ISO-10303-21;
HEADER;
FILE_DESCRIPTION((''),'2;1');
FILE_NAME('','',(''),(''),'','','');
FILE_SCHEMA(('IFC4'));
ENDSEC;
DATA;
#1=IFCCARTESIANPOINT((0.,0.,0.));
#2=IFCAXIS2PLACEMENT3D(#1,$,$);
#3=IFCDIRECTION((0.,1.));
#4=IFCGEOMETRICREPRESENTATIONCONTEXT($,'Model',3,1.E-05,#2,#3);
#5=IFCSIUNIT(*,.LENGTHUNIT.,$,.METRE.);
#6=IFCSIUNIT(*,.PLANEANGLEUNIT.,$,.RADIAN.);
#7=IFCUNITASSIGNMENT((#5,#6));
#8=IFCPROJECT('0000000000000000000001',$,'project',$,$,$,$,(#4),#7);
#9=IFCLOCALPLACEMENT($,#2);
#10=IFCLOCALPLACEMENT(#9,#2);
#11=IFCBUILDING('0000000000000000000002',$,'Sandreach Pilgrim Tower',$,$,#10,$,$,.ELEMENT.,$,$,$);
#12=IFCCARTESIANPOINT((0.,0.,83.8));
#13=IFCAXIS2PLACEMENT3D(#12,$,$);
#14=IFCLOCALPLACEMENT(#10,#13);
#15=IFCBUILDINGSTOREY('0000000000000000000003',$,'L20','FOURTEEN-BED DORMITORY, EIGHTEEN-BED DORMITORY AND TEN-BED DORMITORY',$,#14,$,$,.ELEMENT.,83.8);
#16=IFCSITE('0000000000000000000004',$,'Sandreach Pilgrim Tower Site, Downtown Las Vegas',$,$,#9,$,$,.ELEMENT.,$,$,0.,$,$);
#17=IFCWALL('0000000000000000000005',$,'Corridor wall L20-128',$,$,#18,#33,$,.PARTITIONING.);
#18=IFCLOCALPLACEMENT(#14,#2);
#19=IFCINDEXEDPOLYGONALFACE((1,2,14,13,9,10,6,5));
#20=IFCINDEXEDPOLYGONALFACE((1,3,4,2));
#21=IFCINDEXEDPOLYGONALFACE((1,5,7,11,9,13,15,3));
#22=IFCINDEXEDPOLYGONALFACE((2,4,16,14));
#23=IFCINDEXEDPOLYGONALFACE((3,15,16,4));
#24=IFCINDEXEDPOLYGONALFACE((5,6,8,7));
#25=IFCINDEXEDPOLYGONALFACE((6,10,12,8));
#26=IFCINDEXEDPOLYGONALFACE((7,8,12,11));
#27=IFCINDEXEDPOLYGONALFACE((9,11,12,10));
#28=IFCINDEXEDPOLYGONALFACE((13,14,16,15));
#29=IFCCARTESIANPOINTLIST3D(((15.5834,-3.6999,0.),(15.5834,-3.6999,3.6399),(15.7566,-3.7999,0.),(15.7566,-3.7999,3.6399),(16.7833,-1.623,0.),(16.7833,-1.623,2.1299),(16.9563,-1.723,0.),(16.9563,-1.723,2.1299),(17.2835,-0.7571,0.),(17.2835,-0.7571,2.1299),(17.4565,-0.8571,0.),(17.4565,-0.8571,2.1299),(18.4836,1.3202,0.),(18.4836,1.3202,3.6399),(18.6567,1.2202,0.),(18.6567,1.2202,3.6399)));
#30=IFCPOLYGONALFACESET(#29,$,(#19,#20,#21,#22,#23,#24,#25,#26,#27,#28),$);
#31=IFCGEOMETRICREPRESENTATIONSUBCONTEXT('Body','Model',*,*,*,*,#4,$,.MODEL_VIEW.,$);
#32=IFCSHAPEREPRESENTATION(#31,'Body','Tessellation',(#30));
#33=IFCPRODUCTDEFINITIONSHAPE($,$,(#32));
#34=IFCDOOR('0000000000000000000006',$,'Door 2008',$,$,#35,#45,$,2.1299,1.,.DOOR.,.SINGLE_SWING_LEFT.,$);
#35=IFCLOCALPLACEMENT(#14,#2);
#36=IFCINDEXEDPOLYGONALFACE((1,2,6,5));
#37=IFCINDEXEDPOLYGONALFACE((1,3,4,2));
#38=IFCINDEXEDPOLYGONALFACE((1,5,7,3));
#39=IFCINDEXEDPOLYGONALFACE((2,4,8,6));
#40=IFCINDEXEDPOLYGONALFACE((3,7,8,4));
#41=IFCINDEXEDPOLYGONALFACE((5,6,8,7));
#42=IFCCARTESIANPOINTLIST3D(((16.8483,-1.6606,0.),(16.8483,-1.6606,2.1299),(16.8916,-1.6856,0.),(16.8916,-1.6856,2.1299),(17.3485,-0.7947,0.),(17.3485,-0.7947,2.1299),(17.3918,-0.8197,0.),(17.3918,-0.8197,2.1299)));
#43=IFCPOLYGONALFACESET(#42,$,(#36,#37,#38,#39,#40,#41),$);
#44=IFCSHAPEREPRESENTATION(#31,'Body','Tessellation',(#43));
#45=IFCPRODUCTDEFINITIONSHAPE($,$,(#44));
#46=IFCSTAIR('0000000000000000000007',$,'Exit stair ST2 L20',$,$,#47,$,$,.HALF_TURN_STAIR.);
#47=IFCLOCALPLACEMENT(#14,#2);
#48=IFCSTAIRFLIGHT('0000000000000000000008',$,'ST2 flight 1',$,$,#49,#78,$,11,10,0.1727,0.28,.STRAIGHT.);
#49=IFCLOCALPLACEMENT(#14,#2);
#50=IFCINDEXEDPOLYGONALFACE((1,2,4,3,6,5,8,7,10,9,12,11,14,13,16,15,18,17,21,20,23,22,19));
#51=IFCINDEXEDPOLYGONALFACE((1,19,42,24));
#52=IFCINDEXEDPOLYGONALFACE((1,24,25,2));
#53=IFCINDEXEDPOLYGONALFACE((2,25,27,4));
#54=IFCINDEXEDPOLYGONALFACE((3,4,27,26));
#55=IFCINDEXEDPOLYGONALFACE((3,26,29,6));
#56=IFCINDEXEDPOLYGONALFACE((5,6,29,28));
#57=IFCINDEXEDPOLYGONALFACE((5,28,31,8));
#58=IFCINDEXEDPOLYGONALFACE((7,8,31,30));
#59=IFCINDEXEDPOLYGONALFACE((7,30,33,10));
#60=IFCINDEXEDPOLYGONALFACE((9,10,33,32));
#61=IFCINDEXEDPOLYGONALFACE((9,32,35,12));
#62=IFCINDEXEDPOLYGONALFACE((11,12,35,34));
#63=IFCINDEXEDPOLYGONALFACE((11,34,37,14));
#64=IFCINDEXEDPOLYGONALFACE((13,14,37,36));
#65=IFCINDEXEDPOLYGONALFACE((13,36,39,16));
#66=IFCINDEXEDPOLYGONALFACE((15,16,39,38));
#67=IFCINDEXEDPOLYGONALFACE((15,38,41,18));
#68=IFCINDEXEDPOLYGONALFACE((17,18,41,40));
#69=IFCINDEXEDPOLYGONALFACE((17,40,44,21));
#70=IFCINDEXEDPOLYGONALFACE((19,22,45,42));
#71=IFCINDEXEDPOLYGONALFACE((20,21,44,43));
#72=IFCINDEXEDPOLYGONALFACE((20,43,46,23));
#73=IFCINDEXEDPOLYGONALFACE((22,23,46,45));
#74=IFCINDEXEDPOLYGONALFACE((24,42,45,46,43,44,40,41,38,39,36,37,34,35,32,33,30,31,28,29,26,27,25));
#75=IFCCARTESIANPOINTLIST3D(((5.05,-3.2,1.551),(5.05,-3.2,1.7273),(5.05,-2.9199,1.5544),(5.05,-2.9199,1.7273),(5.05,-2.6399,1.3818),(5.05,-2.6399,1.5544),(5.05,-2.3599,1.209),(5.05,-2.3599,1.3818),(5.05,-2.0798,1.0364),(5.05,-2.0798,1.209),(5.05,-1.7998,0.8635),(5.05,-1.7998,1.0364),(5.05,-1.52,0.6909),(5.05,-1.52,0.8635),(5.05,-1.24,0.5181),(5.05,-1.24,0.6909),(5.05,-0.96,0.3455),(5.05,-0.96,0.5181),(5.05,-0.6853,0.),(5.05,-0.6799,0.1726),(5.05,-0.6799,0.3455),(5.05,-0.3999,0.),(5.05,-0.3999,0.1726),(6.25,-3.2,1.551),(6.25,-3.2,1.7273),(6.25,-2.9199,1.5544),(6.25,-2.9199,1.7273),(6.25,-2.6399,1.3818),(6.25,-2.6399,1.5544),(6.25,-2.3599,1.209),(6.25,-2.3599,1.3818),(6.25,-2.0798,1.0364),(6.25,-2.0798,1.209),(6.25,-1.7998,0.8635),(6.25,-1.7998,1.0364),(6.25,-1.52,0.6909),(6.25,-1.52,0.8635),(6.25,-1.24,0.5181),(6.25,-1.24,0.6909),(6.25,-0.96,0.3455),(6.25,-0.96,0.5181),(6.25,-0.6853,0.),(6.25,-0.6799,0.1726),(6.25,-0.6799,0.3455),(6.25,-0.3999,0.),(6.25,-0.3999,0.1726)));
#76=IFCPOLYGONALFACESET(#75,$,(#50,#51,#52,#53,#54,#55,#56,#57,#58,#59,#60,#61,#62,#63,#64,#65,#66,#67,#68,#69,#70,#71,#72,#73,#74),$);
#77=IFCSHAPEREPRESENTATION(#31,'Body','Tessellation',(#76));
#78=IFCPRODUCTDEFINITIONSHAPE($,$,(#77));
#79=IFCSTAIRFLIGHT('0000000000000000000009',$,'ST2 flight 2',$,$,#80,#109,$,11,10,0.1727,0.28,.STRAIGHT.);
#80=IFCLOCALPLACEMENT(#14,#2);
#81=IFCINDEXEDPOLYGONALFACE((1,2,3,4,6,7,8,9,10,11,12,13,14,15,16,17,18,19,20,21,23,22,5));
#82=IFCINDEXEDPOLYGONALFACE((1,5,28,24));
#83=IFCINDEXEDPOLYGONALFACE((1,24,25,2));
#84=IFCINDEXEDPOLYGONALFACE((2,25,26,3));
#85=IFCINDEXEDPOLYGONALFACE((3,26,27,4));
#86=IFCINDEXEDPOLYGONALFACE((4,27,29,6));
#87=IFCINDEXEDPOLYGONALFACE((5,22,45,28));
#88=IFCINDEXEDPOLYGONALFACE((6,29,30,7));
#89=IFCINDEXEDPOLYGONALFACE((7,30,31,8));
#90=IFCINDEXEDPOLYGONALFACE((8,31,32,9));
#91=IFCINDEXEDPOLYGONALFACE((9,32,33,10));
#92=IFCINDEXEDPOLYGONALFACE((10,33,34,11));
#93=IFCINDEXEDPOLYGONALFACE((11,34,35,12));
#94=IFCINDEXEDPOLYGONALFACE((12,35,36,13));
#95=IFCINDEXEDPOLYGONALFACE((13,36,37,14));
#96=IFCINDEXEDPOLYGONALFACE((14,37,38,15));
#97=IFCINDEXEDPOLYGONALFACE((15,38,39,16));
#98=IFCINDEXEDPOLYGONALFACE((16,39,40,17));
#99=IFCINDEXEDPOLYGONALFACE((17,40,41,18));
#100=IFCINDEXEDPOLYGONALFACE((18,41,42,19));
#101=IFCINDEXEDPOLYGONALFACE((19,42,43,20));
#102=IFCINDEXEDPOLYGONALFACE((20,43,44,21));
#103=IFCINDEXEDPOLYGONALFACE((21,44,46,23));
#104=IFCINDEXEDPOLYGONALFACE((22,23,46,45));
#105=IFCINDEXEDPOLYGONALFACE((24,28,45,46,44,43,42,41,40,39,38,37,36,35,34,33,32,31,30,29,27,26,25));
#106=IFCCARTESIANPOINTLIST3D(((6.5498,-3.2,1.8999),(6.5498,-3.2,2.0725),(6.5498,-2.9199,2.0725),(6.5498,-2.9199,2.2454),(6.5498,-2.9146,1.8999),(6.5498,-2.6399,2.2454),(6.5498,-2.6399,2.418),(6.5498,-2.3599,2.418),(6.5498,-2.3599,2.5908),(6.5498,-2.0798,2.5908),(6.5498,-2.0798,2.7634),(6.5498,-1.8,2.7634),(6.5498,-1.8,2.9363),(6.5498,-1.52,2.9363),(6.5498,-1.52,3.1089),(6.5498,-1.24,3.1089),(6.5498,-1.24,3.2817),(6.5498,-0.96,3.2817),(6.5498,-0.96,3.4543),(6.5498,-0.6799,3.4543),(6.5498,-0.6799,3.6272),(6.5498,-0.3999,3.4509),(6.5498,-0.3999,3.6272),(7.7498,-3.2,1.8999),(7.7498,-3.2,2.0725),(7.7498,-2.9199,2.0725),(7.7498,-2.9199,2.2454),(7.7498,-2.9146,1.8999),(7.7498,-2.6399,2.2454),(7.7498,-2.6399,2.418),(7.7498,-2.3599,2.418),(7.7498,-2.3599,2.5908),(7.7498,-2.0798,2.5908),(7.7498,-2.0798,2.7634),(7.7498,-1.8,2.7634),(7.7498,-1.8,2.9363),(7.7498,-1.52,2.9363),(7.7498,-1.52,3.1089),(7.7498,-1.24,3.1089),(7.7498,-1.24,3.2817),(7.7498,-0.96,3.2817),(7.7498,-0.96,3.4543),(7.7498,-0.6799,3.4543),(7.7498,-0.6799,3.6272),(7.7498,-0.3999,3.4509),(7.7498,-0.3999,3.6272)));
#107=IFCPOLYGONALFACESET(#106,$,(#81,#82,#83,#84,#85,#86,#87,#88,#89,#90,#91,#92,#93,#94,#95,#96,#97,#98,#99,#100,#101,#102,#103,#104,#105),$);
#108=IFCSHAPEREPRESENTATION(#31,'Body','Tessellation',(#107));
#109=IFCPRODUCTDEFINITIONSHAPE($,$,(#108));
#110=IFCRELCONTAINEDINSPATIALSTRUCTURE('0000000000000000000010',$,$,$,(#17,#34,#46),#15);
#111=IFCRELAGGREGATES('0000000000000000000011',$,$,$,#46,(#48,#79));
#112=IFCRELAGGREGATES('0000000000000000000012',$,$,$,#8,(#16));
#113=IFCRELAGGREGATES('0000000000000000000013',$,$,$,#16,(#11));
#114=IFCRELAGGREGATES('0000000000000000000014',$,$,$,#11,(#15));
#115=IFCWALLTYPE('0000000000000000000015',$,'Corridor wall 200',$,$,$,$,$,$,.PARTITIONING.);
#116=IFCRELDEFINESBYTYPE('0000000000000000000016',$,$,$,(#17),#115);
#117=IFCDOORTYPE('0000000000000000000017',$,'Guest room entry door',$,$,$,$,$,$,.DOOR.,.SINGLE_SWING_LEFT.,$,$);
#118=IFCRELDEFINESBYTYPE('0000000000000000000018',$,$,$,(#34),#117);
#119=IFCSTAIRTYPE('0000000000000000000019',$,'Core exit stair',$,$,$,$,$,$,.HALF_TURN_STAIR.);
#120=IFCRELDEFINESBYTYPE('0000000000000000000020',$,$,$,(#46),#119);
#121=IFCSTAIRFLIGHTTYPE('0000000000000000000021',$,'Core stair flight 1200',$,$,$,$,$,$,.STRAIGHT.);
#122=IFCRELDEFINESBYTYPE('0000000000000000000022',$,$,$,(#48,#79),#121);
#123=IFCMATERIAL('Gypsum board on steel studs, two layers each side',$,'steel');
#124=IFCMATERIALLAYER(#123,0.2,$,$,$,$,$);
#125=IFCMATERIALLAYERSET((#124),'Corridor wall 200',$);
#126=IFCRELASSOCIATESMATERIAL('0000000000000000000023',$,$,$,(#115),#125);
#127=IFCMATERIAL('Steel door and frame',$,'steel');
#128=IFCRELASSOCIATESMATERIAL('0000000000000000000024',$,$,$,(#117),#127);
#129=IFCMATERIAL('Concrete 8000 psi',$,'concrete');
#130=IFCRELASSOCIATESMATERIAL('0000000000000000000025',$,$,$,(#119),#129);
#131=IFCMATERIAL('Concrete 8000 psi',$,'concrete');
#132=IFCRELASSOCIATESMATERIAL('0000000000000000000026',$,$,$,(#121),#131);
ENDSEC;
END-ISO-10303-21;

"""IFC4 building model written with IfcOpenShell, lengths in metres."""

from ifc_helpers import new_model, si_unit, direction, frame, frame_2d, origin, place, context, subcontext, project, spatial, polyline, rectangle, outline, extrude, material, layer, layer_set, type_object, element, fill, aggregate, save


model = new_model("IFC4")

# Units and contexts
model_context = context("Model", 3, precision=1e-05, world=origin(), true_north=direction((0.0, 1.0)))
body_context = subcontext(model_context, "Body", "Model", "MODEL_VIEW")
ifc_project = project(units=[si_unit("LENGTHUNIT", "METRE"), si_unit("PLANEANGLEUNIT", "RADIAN")], contexts=[model_context])

# Site, building, storey
site_placement = place(None, origin())
site = spatial("IfcSite", under=ifc_project, at=site_placement, Name="Sandreach Pilgrim Tower Site, Downtown Las Vegas", CompositionType="ELEMENT", RefElevation=0.0)
building_placement = place(site_placement, origin())
building = spatial("IfcBuilding", under=site, at=building_placement, Name="Sandreach Pilgrim Tower", CompositionType="ELEMENT")
storey_placement = place(building_placement, frame((0.0, 0.0, 83.8)))
storey = spatial("IfcBuildingStorey", under=building, at=storey_placement, Name="L20", Description="FOURTEEN-BED DORMITORY, EIGHTEEN-BED DORMITORY AND TEN-BED DORMITORY", CompositionType="ELEMENT", Elevation=83.8)

# Wall, opening, door
ifc_material_1 = material(Name="Gypsum board on steel studs, two layers each side", Category="steel")
ifc_layer_1 = layer(ifc_material_1, 0.2)
ifc_layer_set_1 = layer_set([ifc_layer_1], Name="Corridor wall 200")
wall_type_1 = type_object("IfcWallType", Name="Corridor wall 200", PredefinedType="PARTITIONING", material=ifc_layer_set_1)
ifc_material_2 = material(Name="Steel door and frame", Category="steel")
door_type_1 = type_object("IfcDoorType", Name="Guest room entry door", OperationType="SINGLE_SWING_LEFT", PredefinedType="DOOR", material=ifc_material_2)
wall_1_placement = place(storey_placement, frame((15.6699, -3.75, 0.0), z_axis=(0.0, 0.0, 1.0), x_axis=(0.500238, 0.865888, 0.0)))
wall_1 = element("IfcWall", 1, at=wall_1_placement, inside=storey, type_object=wall_type_1, Name="Corridor wall L20-128", PredefinedType="PARTITIONING", context=body_context, shape_type="SweptSolid", body=[
    extrude(rectangle(XDim=5.7976, YDim=0.2, at=frame_2d((2.8989, 0.0))), origin(), (0.0, 0.0, 1.0), 3.6399),
])
opening_1_placement = place(wall_1_placement, frame((2.3987, 0.0, 0.0)))
opening_1 = element("IfcOpeningElement", 2, at=opening_1_placement, cuts=wall_1, PredefinedType="OPENING", context=body_context, shape_type="SweptSolid", body=[
    extrude(rectangle(XDim=1.0, YDim=2.1299, at=frame_2d((0.5, 1.0649))), frame((0.0, 0.1001, 0.0), z_axis=(0.0, -1.0, 0.0), x_axis=(1.0, 0.0, 0.0)), (0.0, 0.0, 1.0), 0.2),
])
door_1_placement = place(opening_1_placement, origin())
door_1 = element("IfcDoor", 3, at=door_1_placement, inside=storey, type_object=door_type_1, Name="Door 2008", OperationType="SINGLE_SWING_LEFT", OverallHeight=2.1299, OverallWidth=1.0, PredefinedType="DOOR", context=body_context, shape_type="SweptSolid", body=[
    extrude(rectangle(XDim=1.0, YDim=2.1299, at=frame_2d((0.5, 1.0649))), frame((0.0, 0.0249, 0.0), z_axis=(0.0, -1.0, 0.0), x_axis=(1.0, 0.0, 0.0)), (0.0, 0.0, 1.0), 0.05),
])
fill(opening_1, door_1)

# Stair, stair flights
ifc_material_3 = material(Name="Concrete 8000 psi", Category="concrete")
stair_type = type_object("IfcStairType", Name="Core exit stair", PredefinedType="HALF_TURN_STAIR", material=ifc_material_3)
stair_placement = place(storey_placement, origin())
stair = element("IfcStair", 4, at=stair_placement, inside=storey, type_object=stair_type, Name="Exit stair ST2 L20", PredefinedType="HALF_TURN_STAIR")
ifc_material_4 = material(Name="Concrete 8000 psi", Category="concrete")
stair_flight_type = type_object("IfcStairFlightType", Name="Core stair flight 1200", PredefinedType="STRAIGHT", material=ifc_material_4)
stair_flight_1_placement = place(storey_placement, frame((5.6499, -0.3999, 0.0), z_axis=(0.0, 0.0, 1.0), x_axis=(0.0, -1.0, 0.0)))
stair_flight_1 = element("IfcStairFlight", 5, at=stair_flight_1_placement, type_object=stair_flight_type, Name="ST2 flight 1", NumberOfRisers=11, NumberOfTreads=10, PredefinedType="STRAIGHT", RiserHeight=0.1727, TreadLength=0.28, context=body_context, shape_type="SweptSolid", body=[
    extrude(outline(polyline([(0.0, 0.0), (0.0, 0.1726), (0.28, 0.1726), (0.28, 0.3455), (0.5601, 0.3455), (0.5601, 0.5181), (0.8401, 0.5181), (0.8401, 0.6909), (1.1201, 0.6909), (1.1201, 0.8635), (1.3999, 0.8635), (1.3999, 1.0364), (1.6799, 1.0364), (1.6799, 1.209), (1.96, 1.209), (1.96, 1.3818), (2.24, 1.3818), (2.24, 1.5544), (2.52, 1.5544), (2.52, 1.7273), (2.8, 1.7273), (2.8, 1.8999), (2.8, 1.551), (0.2854, 0.0), (0.0, 0.0)])), frame((0.0, 0.6001, 0.0), z_axis=(0.0, -1.0, 0.0), x_axis=(1.0, 0.0, 0.0)), (0.0, 0.0, 1.0), 1.2),
])
stair_flight_2_placement = place(storey_placement, frame((7.1499, -3.2, 1.8999), z_axis=(0.0, 0.0, 1.0), x_axis=(0.0, 1.0, 0.0)))
stair_flight_2 = element("IfcStairFlight", 6, at=stair_flight_2_placement, type_object=stair_flight_type, Name="ST2 flight 2", NumberOfRisers=11, NumberOfTreads=10, PredefinedType="STRAIGHT", RiserHeight=0.1727, TreadLength=0.28, context=body_context, shape_type="SweptSolid", body=[
    extrude(outline(polyline([(0.0, 0.0), (0.0, 0.1726), (0.28, 0.1726), (0.28, 0.3455), (0.5601, 0.3455), (0.5601, 0.5181), (0.8401, 0.5181), (0.8401, 0.6909), (1.1201, 0.6909), (1.1201, 0.8635), (1.3999, 0.8635), (1.3999, 1.0364), (1.6799, 1.0364), (1.6799, 1.209), (1.96, 1.209), (1.96, 1.3818), (2.24, 1.3818), (2.24, 1.5544), (2.52, 1.5544), (2.52, 1.7273), (2.8, 1.7273), (2.8, 1.8999), (2.8, 1.551), (0.2854, 0.0), (0.0, 0.0)])), frame((0.0, 0.6001, 0.0), z_axis=(0.0, -1.0, 0.0), x_axis=(1.0, 0.0, 0.0)), (0.0, 0.0, 1.0), 1.2),
])
aggregate(stair, [stair_flight_1, stair_flight_2])

save(model, "model.ifc")
